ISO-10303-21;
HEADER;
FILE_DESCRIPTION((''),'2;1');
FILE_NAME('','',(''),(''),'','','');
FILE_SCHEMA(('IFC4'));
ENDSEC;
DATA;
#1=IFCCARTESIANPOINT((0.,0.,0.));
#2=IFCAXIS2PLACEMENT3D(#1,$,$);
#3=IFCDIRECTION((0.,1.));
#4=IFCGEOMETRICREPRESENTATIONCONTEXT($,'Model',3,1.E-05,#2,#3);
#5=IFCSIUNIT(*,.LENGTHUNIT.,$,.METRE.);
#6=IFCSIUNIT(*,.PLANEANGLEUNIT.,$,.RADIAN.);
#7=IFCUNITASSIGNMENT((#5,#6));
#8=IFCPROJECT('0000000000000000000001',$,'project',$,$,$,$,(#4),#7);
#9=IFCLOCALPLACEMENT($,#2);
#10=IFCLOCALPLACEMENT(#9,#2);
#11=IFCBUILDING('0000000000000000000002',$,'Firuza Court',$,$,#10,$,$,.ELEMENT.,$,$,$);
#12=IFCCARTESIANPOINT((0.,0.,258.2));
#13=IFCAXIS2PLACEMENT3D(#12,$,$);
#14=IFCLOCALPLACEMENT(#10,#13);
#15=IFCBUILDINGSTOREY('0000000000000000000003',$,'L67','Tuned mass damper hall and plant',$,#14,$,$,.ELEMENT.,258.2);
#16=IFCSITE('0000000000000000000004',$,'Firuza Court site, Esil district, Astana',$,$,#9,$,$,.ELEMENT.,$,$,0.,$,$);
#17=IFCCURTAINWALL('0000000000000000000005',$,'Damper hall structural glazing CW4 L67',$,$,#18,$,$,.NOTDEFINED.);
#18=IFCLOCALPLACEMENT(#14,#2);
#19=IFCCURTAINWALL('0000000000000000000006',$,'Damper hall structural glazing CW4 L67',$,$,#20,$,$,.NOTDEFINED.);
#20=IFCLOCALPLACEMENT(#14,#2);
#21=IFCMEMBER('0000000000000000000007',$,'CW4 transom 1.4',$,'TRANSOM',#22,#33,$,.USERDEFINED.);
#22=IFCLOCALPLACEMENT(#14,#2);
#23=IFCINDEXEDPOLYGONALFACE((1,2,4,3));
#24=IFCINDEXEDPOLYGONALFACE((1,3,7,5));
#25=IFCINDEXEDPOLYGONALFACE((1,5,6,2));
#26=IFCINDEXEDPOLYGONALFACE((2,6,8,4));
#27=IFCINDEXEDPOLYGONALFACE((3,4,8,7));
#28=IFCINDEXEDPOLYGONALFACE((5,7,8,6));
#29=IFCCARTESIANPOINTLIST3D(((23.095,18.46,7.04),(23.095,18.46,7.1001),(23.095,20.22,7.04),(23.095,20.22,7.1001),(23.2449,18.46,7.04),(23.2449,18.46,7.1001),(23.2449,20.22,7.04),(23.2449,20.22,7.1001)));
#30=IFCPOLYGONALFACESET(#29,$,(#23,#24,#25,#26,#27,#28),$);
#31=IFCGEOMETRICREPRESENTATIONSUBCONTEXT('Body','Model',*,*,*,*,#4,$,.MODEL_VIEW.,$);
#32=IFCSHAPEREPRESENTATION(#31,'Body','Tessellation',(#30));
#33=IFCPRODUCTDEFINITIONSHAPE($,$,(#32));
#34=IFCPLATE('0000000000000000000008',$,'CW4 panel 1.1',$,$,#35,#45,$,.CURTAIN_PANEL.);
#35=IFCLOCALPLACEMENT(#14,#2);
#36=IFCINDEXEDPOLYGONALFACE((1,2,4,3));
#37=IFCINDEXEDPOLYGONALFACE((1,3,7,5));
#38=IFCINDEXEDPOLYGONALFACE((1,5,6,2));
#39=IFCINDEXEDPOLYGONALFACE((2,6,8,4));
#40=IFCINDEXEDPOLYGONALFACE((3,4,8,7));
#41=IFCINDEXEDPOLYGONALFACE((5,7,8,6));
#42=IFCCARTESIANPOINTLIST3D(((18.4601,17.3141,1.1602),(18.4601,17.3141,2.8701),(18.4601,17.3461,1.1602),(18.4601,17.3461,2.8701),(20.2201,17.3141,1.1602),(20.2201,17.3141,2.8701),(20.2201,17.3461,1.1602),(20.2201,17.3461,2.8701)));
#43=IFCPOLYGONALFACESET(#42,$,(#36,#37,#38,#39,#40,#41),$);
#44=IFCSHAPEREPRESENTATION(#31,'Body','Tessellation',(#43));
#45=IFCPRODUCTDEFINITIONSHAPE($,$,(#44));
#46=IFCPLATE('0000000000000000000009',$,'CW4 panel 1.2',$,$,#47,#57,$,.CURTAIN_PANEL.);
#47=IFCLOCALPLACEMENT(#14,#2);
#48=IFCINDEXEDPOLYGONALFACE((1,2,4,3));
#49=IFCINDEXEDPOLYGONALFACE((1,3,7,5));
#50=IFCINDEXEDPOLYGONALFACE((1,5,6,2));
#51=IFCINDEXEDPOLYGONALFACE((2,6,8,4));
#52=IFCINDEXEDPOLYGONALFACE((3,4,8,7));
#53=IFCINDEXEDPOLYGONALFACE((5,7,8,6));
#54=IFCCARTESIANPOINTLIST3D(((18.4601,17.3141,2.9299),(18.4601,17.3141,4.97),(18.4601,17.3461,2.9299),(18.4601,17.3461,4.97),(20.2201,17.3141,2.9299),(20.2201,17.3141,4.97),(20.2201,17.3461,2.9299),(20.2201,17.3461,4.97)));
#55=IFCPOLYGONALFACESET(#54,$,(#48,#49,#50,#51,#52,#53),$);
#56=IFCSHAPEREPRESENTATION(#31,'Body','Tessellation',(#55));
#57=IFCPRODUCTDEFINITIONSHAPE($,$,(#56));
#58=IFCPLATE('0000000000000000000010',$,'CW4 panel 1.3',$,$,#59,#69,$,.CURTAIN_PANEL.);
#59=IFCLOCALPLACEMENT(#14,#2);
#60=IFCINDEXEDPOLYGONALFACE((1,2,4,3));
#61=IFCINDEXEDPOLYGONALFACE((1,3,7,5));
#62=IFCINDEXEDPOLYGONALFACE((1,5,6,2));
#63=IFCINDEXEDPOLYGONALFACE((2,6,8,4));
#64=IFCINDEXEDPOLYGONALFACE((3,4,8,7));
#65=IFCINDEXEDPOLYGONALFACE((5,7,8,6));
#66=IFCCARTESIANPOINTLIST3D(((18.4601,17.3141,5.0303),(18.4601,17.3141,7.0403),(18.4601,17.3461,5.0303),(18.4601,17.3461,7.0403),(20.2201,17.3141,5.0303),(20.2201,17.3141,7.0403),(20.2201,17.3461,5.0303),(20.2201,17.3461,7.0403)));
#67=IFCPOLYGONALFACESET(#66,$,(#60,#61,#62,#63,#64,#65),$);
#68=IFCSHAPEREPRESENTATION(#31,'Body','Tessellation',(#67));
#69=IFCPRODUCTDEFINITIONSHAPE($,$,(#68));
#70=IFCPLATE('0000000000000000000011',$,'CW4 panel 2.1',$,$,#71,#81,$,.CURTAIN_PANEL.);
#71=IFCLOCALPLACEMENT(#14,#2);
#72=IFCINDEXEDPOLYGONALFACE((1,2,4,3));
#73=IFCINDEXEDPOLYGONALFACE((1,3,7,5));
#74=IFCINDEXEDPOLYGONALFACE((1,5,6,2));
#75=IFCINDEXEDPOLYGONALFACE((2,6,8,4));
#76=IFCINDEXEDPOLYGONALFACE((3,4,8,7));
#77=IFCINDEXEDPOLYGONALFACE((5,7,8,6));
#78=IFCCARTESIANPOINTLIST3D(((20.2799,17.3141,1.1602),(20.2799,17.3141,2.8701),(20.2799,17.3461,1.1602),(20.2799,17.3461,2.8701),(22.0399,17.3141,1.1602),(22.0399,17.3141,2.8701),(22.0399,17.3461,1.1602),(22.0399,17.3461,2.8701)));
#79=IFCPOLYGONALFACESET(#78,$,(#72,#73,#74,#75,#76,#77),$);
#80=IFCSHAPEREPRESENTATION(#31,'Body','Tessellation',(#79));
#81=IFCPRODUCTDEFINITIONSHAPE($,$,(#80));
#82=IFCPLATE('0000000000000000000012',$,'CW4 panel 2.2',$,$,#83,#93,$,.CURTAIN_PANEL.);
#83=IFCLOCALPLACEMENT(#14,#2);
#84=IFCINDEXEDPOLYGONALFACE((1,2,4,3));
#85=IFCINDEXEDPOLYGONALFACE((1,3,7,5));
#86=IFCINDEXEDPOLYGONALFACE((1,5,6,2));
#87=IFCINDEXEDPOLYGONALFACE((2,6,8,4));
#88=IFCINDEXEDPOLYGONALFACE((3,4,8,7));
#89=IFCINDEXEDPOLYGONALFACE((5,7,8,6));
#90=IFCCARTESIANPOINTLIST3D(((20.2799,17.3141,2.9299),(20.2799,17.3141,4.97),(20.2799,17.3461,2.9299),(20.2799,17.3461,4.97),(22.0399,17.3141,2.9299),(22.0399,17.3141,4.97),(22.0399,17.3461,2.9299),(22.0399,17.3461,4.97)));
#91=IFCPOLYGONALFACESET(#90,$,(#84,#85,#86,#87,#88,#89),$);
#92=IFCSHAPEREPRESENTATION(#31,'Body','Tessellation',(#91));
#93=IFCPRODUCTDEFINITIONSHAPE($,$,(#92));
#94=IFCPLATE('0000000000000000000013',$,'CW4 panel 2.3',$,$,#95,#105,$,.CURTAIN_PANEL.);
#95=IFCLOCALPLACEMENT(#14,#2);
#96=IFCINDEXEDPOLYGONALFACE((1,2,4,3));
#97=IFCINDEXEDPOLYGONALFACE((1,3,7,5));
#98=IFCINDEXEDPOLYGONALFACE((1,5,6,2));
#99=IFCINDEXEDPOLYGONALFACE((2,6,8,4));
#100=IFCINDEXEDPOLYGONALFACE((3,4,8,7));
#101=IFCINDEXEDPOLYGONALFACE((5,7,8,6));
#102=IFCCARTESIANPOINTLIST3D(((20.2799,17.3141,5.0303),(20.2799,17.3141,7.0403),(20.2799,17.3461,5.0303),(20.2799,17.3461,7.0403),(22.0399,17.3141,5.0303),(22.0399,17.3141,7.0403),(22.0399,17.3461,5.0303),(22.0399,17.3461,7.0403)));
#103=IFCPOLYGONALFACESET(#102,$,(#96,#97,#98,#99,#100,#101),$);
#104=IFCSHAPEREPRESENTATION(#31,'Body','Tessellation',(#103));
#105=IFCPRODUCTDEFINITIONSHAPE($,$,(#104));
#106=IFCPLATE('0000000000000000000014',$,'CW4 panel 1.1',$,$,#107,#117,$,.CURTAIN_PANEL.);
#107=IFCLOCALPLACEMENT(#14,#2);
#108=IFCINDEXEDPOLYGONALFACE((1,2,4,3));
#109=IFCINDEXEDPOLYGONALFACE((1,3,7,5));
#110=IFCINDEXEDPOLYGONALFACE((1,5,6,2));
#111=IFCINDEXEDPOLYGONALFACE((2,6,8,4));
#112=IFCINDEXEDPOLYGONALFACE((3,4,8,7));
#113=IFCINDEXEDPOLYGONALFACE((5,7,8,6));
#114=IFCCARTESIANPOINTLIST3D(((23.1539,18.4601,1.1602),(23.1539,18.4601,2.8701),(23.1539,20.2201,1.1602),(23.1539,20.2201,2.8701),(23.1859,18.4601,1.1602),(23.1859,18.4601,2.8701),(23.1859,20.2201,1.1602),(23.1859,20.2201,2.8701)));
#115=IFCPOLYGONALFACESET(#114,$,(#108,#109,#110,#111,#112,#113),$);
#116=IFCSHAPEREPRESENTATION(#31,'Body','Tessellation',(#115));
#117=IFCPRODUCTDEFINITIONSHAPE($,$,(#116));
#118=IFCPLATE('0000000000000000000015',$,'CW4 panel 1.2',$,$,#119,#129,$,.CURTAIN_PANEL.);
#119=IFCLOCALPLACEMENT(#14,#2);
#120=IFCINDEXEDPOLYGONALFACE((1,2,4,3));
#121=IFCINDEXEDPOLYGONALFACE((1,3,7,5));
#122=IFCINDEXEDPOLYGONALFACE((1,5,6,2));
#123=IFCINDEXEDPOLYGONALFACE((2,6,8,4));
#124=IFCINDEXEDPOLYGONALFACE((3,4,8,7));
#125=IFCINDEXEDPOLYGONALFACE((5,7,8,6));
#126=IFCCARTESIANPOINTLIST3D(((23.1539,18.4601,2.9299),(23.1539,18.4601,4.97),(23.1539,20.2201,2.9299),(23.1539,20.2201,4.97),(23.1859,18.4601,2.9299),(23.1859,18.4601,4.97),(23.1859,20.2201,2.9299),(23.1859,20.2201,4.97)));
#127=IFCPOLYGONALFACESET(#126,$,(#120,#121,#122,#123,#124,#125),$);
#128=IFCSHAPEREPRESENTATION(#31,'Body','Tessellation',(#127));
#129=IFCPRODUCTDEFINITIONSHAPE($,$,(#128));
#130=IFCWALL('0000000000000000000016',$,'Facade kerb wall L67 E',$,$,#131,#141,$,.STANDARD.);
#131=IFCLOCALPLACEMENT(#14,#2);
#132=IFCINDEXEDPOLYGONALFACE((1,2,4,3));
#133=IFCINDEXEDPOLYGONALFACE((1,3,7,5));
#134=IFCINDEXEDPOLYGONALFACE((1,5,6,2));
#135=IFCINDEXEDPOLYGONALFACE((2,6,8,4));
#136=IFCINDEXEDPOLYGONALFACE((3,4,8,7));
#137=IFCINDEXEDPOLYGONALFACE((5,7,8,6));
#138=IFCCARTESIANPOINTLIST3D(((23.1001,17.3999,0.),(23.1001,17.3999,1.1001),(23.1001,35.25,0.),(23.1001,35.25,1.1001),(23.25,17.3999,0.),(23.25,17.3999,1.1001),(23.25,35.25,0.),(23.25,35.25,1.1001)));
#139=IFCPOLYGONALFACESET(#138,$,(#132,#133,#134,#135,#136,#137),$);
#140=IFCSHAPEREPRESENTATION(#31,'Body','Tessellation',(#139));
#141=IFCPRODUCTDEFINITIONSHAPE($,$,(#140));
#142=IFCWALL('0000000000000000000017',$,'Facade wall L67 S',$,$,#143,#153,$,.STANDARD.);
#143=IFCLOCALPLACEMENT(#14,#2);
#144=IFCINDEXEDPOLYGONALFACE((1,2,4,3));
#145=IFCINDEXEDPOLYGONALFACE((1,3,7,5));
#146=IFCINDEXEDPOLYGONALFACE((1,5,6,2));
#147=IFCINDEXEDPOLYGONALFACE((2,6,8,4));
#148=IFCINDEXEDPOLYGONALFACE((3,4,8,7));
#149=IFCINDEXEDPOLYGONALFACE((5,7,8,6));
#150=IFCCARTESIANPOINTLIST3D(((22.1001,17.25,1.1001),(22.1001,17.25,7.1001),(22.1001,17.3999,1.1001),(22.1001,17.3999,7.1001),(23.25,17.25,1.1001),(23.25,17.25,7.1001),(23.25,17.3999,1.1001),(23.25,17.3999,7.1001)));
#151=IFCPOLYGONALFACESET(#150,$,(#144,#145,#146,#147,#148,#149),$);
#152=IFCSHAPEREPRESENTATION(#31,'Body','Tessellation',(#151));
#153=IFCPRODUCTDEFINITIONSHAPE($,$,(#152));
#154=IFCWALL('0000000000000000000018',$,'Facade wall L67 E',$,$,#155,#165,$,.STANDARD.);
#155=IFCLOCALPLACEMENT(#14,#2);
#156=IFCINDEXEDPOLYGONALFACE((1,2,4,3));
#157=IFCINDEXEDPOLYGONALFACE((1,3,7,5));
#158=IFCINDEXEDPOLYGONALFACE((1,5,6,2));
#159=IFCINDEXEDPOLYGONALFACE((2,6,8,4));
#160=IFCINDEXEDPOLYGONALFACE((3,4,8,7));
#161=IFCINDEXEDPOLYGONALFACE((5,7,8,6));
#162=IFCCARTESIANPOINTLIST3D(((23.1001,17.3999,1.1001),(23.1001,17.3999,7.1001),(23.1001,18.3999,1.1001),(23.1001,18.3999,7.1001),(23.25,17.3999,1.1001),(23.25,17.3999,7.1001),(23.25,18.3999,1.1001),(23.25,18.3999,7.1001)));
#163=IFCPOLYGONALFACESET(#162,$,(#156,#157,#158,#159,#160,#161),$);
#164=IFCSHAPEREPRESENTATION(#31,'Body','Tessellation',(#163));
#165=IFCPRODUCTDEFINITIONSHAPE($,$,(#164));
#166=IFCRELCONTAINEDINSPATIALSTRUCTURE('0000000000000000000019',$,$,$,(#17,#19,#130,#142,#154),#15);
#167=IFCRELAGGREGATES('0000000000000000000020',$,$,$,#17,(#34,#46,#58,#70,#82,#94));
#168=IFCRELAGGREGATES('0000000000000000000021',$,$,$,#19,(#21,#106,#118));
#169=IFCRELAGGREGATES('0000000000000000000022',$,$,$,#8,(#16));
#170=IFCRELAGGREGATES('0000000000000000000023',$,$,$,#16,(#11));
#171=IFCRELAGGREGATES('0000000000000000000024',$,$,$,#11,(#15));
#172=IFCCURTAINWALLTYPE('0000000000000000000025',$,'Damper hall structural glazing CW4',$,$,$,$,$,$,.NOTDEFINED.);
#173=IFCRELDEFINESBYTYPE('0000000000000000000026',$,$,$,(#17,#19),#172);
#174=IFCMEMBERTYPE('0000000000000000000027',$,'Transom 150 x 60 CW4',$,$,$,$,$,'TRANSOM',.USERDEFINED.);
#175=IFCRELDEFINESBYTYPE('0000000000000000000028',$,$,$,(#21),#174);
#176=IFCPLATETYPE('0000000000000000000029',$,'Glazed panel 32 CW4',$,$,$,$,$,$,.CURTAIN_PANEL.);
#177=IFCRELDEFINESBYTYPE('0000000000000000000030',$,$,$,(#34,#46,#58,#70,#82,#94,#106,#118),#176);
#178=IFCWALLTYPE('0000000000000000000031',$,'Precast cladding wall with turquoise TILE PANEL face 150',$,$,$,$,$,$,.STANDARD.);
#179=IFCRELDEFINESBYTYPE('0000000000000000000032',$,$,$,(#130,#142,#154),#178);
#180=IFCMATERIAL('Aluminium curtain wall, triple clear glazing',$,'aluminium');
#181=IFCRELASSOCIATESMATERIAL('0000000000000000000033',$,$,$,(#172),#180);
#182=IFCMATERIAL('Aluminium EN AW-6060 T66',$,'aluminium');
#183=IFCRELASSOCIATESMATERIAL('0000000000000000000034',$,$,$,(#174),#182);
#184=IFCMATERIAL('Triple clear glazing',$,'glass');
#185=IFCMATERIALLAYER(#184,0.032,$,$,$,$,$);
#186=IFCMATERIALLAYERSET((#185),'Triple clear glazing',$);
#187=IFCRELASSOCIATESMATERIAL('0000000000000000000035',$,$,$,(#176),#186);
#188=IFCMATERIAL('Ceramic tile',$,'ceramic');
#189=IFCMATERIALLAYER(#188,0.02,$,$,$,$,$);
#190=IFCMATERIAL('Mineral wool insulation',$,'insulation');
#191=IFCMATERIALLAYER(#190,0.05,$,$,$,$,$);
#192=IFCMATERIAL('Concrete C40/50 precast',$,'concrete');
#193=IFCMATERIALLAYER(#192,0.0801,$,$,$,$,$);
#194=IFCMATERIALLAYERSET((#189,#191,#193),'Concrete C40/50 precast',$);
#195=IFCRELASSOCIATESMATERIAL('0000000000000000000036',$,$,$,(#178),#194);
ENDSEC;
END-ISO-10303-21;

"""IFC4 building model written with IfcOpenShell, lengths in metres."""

from ifc_helpers import new_model, si_unit, direction, frame, frame_2d, origin, origin_2d, place, context, subcontext, project, spatial, rectangle, extrude, material, layer, layer_set, material_profile, profile_set, type_object, element, aggregate, save


model = new_model("IFC4")

# Units and contexts
model_context = context("Model", 3, precision=1e-05, world=origin(), true_north=direction((0.0, 1.0)))
body_context = subcontext(model_context, "Body", "Model", "MODEL_VIEW")
ifc_project = project(units=[si_unit("LENGTHUNIT", "METRE"), si_unit("PLANEANGLEUNIT", "RADIAN")], contexts=[model_context])

# Site, building, storey
site_placement = place(None, origin())
site = spatial("IfcSite", under=ifc_project, at=site_placement, Name="Firuza Court site, Esil district, Astana", CompositionType="ELEMENT", RefElevation=0.0)
building_placement = place(site_placement, origin())
building = spatial("IfcBuilding", under=site, at=building_placement, Name="Firuza Court", CompositionType="ELEMENT")
storey_placement = place(building_placement, frame((0.0, 0.0, 258.2)))
storey = spatial("IfcBuildingStorey", under=building, at=storey_placement, Name="L67", Description="Tuned mass damper hall and plant", CompositionType="ELEMENT", Elevation=258.2)

# Curtain wall
ifc_material_1 = material(Name="Aluminium curtain wall, triple clear glazing", Category="aluminium")
curtain_wall_type = type_object("IfcCurtainWallType", Name="Damper hall structural glazing CW4", PredefinedType="NOTDEFINED", material=ifc_material_1)
curtain_wall_1_placement = place(storey_placement, origin())
curtain_wall_1 = element("IfcCurtainWall", 1, at=curtain_wall_1_placement, inside=storey, type_object=curtain_wall_type, Name="Damper hall structural glazing CW4 L67", PredefinedType="NOTDEFINED")

# Curtain wall
curtain_wall_2_placement = place(storey_placement, origin())
curtain_wall_2 = element("IfcCurtainWall", 2, at=curtain_wall_2_placement, inside=storey, type_object=curtain_wall_type, Name="Damper hall structural glazing CW4 L67", PredefinedType="NOTDEFINED")

# Member
ifc_material_2 = material(Name="Aluminium EN AW-6060 T66", Category="aluminium")
ifc_material_profile_1 = material_profile(ifc_material_2, rectangle(XDim=0.1499, YDim=0.0601, at=origin_2d()), Name="Transom 150 x 60 CW4")
ifc_profile_set_1 = profile_set([ifc_material_profile_1], Name="Aluminium EN AW-6060 T66")
member_type_1 = type_object("IfcMemberType", Name="Transom 150 x 60 CW4", ElementType="TRANSOM", PredefinedType="USERDEFINED", material=ifc_profile_set_1)
member_1_placement = place(storey_placement, frame((23.1699, 18.46, 7.0701), z_axis=(0.0, 1.0, 0.0), x_axis=(-1.0, 0.0, 0.0)))
member_1 = element("IfcMember", 3, at=member_1_placement, type_object=member_type_1, Name="CW4 transom 1.4", ObjectType="TRANSOM", PredefinedType="USERDEFINED", context=body_context, shape_type="SweptSolid", body=[
    extrude(rectangle(XDim=0.1499, YDim=0.0601, at=origin_2d()), origin(), (0.0, 0.0, 1.0), 1.76),
])

# Plates
ifc_material_3 = material(Name="Triple clear glazing", Category="glass")
ifc_layer_1 = layer(ifc_material_3, 0.032)
ifc_layer_set_1 = layer_set([ifc_layer_1], Name="Triple clear glazing")
plate_type = type_object("IfcPlateType", Name="Glazed panel 32 CW4", PredefinedType="CURTAIN_PANEL", material=ifc_layer_set_1)
plate_1_placement = place(storey_placement, frame((19.3401, 17.3301, 1.1602), z_axis=(0.0, 0.0, 1.0), x_axis=(1.0, 0.0, 0.0)))
plate_1 = element("IfcPlate", 4, at=plate_1_placement, type_object=plate_type, Name="CW4 panel 1.1", PredefinedType="CURTAIN_PANEL", context=body_context, shape_type="SweptSolid", body=[
    extrude(rectangle(XDim=1.76, YDim=0.032, at=origin_2d()), origin(), (0.0, 0.0, 1.0), 1.71),
])
plate_2_placement = place(storey_placement, frame((19.3401, 17.3301, 2.9299), z_axis=(0.0, 0.0, 1.0), x_axis=(1.0, 0.0, 0.0)))
plate_2 = element("IfcPlate", 5, at=plate_2_placement, type_object=plate_type, Name="CW4 panel 1.2", PredefinedType="CURTAIN_PANEL", context=body_context, shape_type="SweptSolid", body=[
    extrude(rectangle(XDim=1.76, YDim=0.032, at=origin_2d()), origin(), (0.0, 0.0, 1.0), 2.04),
])
plate_3_placement = place(storey_placement, frame((19.3401, 17.3301, 5.0303), z_axis=(0.0, 0.0, 1.0), x_axis=(1.0, 0.0, 0.0)))
plate_3 = element("IfcPlate", 6, at=plate_3_placement, type_object=plate_type, Name="CW4 panel 1.3", PredefinedType="CURTAIN_PANEL", context=body_context, shape_type="SweptSolid", body=[
    extrude(rectangle(XDim=1.76, YDim=0.032, at=origin_2d()), origin(), (0.0, 0.0, 1.0), 2.01),
])
plate_4_placement = place(storey_placement, frame((21.1599, 17.3301, 1.1602), z_axis=(0.0, 0.0, 1.0), x_axis=(1.0, 0.0, 0.0)))
plate_4 = element("IfcPlate", 7, at=plate_4_placement, type_object=plate_type, Name="CW4 panel 2.1", PredefinedType="CURTAIN_PANEL", context=body_context, shape_type="SweptSolid", body=[
    extrude(rectangle(XDim=1.76, YDim=0.032, at=origin_2d()), origin(), (0.0, 0.0, 1.0), 1.71),
])
plate_5_placement = place(storey_placement, frame((21.1599, 17.3301, 2.9299), z_axis=(0.0, 0.0, 1.0), x_axis=(1.0, 0.0, 0.0)))
plate_5 = element("IfcPlate", 8, at=plate_5_placement, type_object=plate_type, Name="CW4 panel 2.2", PredefinedType="CURTAIN_PANEL", context=body_context, shape_type="SweptSolid", body=[
    extrude(rectangle(XDim=1.76, YDim=0.032, at=origin_2d()), origin(), (0.0, 0.0, 1.0), 2.04),
])
plate_6_placement = place(storey_placement, frame((21.1599, 17.3301, 5.0303), z_axis=(0.0, 0.0, 1.0), x_axis=(1.0, 0.0, 0.0)))
plate_6 = element("IfcPlate", 9, at=plate_6_placement, type_object=plate_type, Name="CW4 panel 2.3", PredefinedType="CURTAIN_PANEL", context=body_context, shape_type="SweptSolid", body=[
    extrude(rectangle(XDim=1.76, YDim=0.032, at=origin_2d()), origin(), (0.0, 0.0, 1.0), 2.01),
])
aggregate(curtain_wall_1, [plate_1, plate_2, plate_3, plate_4, plate_5, plate_6])
plate_7_placement = place(storey_placement, frame((23.1699, 19.3401, 1.1602), z_axis=(0.0, 0.0, 1.0), x_axis=(0.0, 1.0, 0.0)))
plate_7 = element("IfcPlate", 10, at=plate_7_placement, type_object=plate_type, Name="CW4 panel 1.1", PredefinedType="CURTAIN_PANEL", context=body_context, shape_type="SweptSolid", body=[
    extrude(rectangle(XDim=1.76, YDim=0.032, at=origin_2d()), origin(), (0.0, 0.0, 1.0), 1.71),
])
plate_8_placement = place(storey_placement, frame((23.1699, 19.3401, 2.9299), z_axis=(0.0, 0.0, 1.0), x_axis=(0.0, 1.0, 0.0)))
plate_8 = element("IfcPlate", 11, at=plate_8_placement, type_object=plate_type, Name="CW4 panel 1.2", PredefinedType="CURTAIN_PANEL", context=body_context, shape_type="SweptSolid", body=[
    extrude(rectangle(XDim=1.76, YDim=0.032, at=origin_2d()), origin(), (0.0, 0.0, 1.0), 2.04),
])
aggregate(curtain_wall_2, [member_1, plate_7, plate_8])

# Walls
ifc_material_4 = material(Name="Ceramic tile", Category="ceramic")
ifc_layer_2 = layer(ifc_material_4, 0.02)
ifc_material_5 = material(Name="Mineral wool insulation", Category="insulation")
ifc_layer_3 = layer(ifc_material_5, 0.05)
ifc_material_6 = material(Name="Concrete C40/50 precast", Category="concrete")
ifc_layer_4 = layer(ifc_material_6, 0.0801)
ifc_layer_set_2 = layer_set([ifc_layer_2, ifc_layer_3, ifc_layer_4], Name="Concrete C40/50 precast")
wall_type = type_object("IfcWallType", Name="Precast cladding wall with turquoise TILE PANEL face 150", PredefinedType="STANDARD", material=ifc_layer_set_2)
wall_1_placement = place(storey_placement, frame((23.175, 17.3999, 0.0), z_axis=(0.0, 0.0, 1.0), x_axis=(0.0, 1.0, 0.0)))
element("IfcWall", 12, at=wall_1_placement, inside=storey, type_object=wall_type, Name="Facade kerb wall L67 E", PredefinedType="STANDARD", context=body_context, shape_type="SweptSolid", body=[
    extrude(rectangle(XDim=17.8501, YDim=0.1499, at=frame_2d((8.925, 0.0))), origin(), (0.0, 0.0, 1.0), 1.1001),
])
wall_2_placement = place(storey_placement, frame((22.1001, 17.325, 1.1001), z_axis=(0.0, 0.0, 1.0), x_axis=(1.0, 0.0, 0.0)))
element("IfcWall", 13, at=wall_2_placement, inside=storey, type_object=wall_type, Name="Facade wall L67 S", PredefinedType="STANDARD", context=body_context, shape_type="SweptSolid", body=[
    extrude(rectangle(XDim=1.1499, YDim=0.1499, at=frame_2d((0.575, 0.0))), origin(), (0.0, 0.0, 1.0), 6.0),
])
wall_3_placement = place(storey_placement, frame((23.175, 17.3999, 1.1001), z_axis=(0.0, 0.0, 1.0), x_axis=(0.0, 1.0, 0.0)))
element("IfcWall", 14, at=wall_3_placement, inside=storey, type_object=wall_type, Name="Facade wall L67 E", PredefinedType="STANDARD", context=body_context, shape_type="SweptSolid", body=[
    extrude(rectangle(XDim=1.0, YDim=0.1499, at=frame_2d((0.5, 0.0))), origin(), (0.0, 0.0, 1.0), 6.0),
])

save(model, "model.ifc")
